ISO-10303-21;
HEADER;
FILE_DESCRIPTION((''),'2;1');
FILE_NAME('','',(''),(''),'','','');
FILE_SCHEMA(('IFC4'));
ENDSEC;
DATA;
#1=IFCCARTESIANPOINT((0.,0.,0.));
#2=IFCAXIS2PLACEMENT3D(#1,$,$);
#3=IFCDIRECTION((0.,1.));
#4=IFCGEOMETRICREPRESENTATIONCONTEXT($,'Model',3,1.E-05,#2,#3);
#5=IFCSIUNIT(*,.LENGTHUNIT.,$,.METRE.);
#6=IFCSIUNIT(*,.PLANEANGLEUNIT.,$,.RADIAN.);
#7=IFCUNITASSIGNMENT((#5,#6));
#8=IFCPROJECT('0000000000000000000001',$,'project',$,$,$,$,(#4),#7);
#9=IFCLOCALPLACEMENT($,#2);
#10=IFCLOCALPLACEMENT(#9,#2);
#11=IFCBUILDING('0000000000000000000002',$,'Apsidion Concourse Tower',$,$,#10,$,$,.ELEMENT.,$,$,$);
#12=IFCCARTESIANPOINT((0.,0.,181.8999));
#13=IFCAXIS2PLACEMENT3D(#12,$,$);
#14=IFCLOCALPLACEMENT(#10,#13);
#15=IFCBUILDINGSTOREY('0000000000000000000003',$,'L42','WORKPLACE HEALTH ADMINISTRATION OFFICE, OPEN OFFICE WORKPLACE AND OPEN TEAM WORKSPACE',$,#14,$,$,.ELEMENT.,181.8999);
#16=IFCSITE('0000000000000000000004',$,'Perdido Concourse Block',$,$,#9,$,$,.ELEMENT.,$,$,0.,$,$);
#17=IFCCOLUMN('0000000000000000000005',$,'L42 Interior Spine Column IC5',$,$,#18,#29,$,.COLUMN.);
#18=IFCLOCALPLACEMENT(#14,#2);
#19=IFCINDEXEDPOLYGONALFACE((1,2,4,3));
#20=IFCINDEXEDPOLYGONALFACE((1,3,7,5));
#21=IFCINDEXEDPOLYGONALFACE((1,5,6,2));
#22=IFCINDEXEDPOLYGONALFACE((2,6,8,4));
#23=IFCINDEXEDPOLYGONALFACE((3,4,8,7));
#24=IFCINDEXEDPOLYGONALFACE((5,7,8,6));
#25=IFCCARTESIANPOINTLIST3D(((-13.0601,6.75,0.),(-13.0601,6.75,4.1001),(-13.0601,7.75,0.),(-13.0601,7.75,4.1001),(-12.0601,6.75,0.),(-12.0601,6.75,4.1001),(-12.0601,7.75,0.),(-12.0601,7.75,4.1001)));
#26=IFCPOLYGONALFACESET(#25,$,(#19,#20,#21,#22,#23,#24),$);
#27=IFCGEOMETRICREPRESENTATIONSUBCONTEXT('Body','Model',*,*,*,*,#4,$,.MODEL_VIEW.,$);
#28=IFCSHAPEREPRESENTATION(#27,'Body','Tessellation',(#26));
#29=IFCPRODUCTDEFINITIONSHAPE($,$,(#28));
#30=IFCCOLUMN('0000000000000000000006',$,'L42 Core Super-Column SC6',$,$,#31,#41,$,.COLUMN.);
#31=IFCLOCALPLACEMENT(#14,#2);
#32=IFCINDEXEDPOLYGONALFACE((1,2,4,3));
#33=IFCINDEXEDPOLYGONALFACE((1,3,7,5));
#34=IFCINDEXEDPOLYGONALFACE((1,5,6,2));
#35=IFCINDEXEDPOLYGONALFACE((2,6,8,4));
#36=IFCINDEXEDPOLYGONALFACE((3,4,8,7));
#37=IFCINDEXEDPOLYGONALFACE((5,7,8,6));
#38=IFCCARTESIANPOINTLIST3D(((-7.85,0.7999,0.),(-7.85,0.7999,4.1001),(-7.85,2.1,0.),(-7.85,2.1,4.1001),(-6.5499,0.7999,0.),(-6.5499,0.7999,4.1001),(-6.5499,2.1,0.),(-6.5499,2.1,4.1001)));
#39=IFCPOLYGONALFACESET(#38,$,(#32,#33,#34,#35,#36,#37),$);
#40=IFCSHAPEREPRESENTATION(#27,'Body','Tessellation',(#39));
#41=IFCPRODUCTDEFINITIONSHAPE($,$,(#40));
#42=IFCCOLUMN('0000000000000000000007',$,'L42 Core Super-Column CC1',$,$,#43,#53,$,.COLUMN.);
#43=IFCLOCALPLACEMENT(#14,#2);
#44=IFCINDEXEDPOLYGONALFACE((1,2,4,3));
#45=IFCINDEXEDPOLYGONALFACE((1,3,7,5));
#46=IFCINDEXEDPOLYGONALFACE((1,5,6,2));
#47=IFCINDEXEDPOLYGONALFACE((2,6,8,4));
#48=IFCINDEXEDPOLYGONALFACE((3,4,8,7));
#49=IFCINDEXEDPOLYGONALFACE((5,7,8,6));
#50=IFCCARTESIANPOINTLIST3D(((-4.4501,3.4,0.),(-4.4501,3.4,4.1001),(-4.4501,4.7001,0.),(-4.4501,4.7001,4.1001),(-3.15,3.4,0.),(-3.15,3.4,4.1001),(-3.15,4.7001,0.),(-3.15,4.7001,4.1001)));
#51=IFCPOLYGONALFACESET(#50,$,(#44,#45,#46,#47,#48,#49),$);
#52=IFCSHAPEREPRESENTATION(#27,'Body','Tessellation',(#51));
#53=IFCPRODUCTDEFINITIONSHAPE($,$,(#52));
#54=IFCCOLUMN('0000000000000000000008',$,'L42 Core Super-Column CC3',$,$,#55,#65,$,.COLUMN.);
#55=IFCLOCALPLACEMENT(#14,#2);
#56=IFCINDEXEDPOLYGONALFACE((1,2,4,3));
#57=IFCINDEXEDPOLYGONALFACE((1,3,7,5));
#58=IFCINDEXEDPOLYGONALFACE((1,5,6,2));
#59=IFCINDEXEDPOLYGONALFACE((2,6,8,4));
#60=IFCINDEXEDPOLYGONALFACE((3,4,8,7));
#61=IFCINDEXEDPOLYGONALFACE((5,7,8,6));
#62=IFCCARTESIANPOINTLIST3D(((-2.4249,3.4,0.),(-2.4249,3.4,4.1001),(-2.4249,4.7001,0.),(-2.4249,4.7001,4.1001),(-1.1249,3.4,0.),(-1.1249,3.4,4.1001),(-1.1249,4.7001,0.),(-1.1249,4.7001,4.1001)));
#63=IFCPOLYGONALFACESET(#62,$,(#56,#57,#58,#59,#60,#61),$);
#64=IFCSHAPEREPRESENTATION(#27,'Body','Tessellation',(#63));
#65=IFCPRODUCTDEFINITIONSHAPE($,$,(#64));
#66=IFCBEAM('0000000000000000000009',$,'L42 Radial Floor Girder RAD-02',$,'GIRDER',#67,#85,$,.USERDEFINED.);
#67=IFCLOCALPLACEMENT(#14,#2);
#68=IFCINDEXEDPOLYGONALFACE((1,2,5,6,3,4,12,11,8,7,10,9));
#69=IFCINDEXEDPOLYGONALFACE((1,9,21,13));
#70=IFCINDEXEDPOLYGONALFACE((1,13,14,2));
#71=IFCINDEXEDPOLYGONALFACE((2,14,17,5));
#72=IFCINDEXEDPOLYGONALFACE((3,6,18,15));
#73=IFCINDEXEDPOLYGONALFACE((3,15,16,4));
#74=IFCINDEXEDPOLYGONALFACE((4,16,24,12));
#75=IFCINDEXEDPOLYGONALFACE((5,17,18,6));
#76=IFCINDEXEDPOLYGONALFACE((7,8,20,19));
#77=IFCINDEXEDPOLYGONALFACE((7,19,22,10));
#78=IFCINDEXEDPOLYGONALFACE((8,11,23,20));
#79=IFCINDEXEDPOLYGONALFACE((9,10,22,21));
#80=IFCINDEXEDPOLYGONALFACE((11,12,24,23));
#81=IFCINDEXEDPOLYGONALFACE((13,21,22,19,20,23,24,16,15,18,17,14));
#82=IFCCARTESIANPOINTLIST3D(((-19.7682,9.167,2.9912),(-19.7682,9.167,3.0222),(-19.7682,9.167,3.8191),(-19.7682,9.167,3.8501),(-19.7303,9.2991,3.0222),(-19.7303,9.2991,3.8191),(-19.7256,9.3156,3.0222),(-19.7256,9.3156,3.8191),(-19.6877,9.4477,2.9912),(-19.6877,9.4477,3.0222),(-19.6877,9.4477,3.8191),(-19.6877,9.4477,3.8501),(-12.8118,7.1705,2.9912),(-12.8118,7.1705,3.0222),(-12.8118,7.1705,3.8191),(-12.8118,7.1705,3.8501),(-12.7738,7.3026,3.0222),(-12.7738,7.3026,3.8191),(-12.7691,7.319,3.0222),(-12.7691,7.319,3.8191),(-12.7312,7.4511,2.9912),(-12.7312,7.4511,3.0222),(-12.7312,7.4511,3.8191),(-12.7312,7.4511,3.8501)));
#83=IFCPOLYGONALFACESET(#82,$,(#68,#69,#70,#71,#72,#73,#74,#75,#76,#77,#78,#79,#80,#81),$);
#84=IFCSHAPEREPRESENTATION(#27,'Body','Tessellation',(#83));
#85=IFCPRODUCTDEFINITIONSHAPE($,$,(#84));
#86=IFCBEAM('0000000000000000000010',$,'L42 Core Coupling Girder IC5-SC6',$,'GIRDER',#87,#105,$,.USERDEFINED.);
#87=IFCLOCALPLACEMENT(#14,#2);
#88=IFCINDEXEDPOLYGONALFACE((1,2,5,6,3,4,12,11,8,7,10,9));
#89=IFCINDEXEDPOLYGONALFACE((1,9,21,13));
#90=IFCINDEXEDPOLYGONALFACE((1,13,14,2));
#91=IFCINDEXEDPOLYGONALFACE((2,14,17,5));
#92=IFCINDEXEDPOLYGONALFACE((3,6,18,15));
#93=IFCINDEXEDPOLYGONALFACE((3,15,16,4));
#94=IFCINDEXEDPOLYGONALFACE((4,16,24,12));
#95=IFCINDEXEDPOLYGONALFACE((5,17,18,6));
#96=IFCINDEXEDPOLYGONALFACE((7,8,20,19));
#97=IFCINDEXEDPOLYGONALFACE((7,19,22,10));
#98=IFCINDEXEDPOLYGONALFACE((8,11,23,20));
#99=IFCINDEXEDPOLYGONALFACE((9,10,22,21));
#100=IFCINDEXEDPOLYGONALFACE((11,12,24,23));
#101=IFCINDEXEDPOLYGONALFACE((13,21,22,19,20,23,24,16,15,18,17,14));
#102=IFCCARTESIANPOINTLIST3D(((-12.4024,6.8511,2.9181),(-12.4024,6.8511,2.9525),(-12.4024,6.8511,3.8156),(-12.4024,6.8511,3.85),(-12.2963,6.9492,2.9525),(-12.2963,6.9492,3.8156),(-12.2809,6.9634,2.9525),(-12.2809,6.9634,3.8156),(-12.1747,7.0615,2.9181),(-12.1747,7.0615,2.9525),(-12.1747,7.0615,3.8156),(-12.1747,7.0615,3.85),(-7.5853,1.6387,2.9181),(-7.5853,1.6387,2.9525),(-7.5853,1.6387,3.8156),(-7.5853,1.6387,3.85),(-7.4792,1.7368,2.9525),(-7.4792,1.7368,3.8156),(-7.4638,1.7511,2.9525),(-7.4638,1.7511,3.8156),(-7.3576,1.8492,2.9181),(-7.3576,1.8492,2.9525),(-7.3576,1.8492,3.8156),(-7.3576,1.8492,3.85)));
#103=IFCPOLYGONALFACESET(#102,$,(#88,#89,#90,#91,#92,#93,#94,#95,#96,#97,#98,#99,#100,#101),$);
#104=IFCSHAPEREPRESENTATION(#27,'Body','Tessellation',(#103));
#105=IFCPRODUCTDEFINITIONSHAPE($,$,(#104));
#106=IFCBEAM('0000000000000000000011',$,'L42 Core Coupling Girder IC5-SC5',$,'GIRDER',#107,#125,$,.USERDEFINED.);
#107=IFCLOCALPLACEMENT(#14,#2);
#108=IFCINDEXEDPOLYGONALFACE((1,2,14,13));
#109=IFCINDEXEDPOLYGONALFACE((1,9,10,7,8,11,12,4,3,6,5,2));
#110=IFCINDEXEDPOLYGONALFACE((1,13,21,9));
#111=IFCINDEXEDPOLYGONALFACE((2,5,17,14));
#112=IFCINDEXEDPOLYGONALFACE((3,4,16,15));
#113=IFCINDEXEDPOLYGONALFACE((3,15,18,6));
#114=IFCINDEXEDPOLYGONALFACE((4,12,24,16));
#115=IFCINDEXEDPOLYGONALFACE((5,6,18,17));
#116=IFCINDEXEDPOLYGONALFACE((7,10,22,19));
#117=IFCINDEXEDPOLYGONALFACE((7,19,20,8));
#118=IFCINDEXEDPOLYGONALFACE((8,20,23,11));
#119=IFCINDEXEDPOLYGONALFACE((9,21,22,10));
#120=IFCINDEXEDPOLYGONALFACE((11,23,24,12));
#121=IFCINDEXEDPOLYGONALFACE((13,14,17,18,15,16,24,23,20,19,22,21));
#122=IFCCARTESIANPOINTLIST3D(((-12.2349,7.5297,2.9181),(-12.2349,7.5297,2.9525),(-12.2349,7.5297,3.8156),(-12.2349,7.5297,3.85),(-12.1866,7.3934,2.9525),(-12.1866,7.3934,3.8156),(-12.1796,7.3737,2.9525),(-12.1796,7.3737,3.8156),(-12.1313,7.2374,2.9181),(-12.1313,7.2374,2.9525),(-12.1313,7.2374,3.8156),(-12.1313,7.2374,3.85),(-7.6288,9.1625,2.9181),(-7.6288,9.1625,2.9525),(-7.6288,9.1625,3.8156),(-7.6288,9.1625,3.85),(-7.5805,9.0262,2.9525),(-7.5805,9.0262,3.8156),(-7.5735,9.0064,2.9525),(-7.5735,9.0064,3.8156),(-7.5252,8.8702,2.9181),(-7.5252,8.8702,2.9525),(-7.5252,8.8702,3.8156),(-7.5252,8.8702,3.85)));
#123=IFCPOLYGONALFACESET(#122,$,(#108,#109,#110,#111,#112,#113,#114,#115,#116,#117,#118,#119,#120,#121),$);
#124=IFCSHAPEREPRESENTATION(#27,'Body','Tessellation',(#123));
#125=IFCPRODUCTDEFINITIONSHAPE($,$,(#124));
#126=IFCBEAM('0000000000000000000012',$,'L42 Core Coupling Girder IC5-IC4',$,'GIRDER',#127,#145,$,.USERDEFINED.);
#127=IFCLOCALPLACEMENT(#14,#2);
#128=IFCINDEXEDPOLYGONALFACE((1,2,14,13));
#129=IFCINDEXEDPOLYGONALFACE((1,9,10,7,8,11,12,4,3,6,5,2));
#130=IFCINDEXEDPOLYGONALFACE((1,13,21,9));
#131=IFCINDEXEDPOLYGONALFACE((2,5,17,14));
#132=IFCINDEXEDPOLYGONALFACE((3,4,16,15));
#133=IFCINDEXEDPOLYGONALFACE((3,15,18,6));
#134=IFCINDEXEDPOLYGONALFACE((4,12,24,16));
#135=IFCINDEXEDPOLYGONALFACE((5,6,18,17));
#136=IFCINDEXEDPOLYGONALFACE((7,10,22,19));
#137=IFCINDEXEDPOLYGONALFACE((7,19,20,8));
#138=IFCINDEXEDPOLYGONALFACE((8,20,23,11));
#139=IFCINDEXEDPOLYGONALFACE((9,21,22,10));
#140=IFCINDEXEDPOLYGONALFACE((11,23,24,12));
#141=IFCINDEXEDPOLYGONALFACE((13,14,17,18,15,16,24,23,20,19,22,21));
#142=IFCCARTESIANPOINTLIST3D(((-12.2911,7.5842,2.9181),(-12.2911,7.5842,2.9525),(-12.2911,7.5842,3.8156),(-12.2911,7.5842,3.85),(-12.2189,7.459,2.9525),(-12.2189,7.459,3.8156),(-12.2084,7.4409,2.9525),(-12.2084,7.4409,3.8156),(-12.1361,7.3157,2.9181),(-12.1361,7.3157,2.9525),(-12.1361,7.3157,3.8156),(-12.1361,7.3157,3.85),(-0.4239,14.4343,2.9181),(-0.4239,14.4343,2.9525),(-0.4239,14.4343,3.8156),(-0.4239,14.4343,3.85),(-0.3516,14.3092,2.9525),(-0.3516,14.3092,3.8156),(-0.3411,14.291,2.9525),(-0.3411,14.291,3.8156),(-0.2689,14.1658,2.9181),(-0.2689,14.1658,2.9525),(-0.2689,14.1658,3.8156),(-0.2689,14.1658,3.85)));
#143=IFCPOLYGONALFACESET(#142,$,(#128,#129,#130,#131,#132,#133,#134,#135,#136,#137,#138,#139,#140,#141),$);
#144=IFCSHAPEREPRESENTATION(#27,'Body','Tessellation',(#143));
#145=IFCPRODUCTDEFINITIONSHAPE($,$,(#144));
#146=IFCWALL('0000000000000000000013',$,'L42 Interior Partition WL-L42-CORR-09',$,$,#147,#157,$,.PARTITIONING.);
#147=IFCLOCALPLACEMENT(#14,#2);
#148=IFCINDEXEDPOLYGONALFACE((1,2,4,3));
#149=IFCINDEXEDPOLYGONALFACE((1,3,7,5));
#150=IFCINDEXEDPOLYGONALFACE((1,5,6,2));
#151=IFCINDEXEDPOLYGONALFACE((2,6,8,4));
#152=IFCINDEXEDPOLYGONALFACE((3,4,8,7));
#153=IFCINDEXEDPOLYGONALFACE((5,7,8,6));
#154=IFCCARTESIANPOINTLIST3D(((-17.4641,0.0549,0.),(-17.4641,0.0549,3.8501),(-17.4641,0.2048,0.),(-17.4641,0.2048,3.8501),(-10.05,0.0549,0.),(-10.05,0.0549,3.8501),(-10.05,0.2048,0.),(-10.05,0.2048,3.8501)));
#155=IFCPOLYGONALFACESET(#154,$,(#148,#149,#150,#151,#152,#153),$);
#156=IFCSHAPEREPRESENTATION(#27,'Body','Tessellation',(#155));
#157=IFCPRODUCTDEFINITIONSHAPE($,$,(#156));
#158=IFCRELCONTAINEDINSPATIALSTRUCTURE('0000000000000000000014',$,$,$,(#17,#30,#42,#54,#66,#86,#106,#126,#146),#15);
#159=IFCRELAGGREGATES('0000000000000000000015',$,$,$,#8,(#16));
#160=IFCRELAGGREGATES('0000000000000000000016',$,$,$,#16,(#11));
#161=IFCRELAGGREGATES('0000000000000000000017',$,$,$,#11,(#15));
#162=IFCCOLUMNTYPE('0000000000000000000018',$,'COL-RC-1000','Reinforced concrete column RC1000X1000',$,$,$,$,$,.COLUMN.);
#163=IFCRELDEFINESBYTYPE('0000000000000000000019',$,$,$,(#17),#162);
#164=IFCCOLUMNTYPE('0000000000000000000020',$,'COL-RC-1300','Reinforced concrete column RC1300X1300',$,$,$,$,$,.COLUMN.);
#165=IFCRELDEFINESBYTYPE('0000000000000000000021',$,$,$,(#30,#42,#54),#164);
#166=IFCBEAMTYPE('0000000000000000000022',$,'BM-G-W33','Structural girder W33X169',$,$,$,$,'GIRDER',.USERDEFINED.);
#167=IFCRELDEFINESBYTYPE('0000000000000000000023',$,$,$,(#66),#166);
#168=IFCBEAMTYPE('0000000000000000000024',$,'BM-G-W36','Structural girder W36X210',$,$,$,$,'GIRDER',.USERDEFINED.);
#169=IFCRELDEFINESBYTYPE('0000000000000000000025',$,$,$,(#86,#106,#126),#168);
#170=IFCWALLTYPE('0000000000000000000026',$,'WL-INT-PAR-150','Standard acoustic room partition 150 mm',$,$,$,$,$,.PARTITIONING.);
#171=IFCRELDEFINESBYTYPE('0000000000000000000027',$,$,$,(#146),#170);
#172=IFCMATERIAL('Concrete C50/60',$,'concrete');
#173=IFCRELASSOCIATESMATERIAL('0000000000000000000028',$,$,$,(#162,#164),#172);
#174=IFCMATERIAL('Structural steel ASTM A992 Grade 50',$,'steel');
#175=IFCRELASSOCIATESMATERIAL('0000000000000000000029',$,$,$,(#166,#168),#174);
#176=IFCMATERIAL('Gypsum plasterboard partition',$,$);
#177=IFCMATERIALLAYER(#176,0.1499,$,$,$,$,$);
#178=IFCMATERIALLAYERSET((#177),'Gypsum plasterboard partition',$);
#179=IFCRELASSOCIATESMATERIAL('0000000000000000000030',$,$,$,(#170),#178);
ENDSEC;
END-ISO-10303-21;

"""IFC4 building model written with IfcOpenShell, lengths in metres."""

from ifc_helpers import new_model, si_unit, direction, frame, frame_2d, origin, origin_2d, place, context, subcontext, project, spatial, rectangle, i_section, extrude, material, layer, layer_set, material_profile, profile_set, type_object, element, save


model = new_model("IFC4")

# Units and contexts
model_context = context("Model", 3, precision=1e-05, world=origin(), true_north=direction((0.0, 1.0)))
body_context = subcontext(model_context, "Body", "Model", "MODEL_VIEW")
ifc_project = project(units=[si_unit("LENGTHUNIT", "METRE"), si_unit("PLANEANGLEUNIT", "RADIAN")], contexts=[model_context])

# Site, building, storey
site_placement = place(None, origin())
site = spatial("IfcSite", under=ifc_project, at=site_placement, Name="Perdido Concourse Block", CompositionType="ELEMENT", RefElevation=0.0)
building_placement = place(site_placement, origin())
building = spatial("IfcBuilding", under=site, at=building_placement, Name="Apsidion Concourse Tower", CompositionType="ELEMENT")
storey_placement = place(building_placement, frame((0.0, 0.0, 181.8999)))
storey = spatial("IfcBuildingStorey", under=building, at=storey_placement, Name="L42", Description="WORKPLACE HEALTH ADMINISTRATION OFFICE, OPEN OFFICE WORKPLACE AND OPEN TEAM WORKSPACE", CompositionType="ELEMENT", Elevation=181.8999)

# Columns
ifc_material_1 = material(Name="Concrete C50/60", Category="concrete")
ifc_material_profile_1 = material_profile(ifc_material_1, rectangle(XDim=1.0, YDim=1.0, at=origin_2d()), Name="RC 1000x1000")
ifc_profile_set_1 = profile_set([ifc_material_profile_1], Name="Concrete C50/60")
column_type_1 = type_object("IfcColumnType", Name="COL-RC-1000", Description="Reinforced concrete column RC1000X1000", PredefinedType="COLUMN", material=ifc_profile_set_1)
column_placement = place(storey_placement, frame((-12.5601, 7.25, 0.0), z_axis=(0.0, 0.0, 1.0), x_axis=(1.0, 0.0, 0.0)))
element("IfcColumn", 1, at=column_placement, inside=storey, type_object=column_type_1, Name="L42 Interior Spine Column IC5", PredefinedType="COLUMN", context=body_context, shape_type="SweptSolid", body=[
    extrude(rectangle(XDim=1.0, YDim=1.0, at=origin_2d()), origin(), (0.0, 0.0, 1.0), 4.1001),
])
ifc_material_profile_2 = material_profile(ifc_material_1, rectangle(XDim=1.3, YDim=1.3, at=origin_2d()), Name="RC 1300x1300")
ifc_profile_set_2 = profile_set([ifc_material_profile_2], Name="Concrete C50/60")
column_type_2 = type_object("IfcColumnType", Name="COL-RC-1300", Description="Reinforced concrete column RC1300X1300", PredefinedType="COLUMN", material=ifc_profile_set_2)
for number, where, z_axis, x_axis, name in (
    (2, (-7.2, 1.45, 0.0), (0.0, 0.0, 1.0), (1.0, 0.0, 0.0), "L42 Core Super-Column SC6"),
    (3, (-3.8, 4.05, 0.0), (0.0, 0.0, 1.0), (1.0, 0.0, 0.0), "L42 Core Super-Column CC1"),
    (4, (-1.7749, 4.05, 0.0), (0.0, 0.0, 1.0), (1.0, 0.0, 0.0), "L42 Core Super-Column CC3"),
):
    element("IfcColumn", number, at=place(storey_placement, frame(where, z_axis=z_axis, x_axis=x_axis)), inside=storey, type_object=column_type_2, Name=name, PredefinedType="COLUMN", context=body_context, shape_type="SweptSolid", body=[
        extrude(rectangle(XDim=1.3, YDim=1.3, at=origin_2d()), origin(), (0.0, 0.0, 1.0), 4.1001),
    ])

# Beams
ifc_material_2 = material(Name="Structural steel ASTM A992 Grade 50", Category="steel")
ifc_material_profile_3 = material_profile(ifc_material_2, i_section(OverallWidth=0.292, OverallDepth=0.8589, WebThickness=0.0171, FlangeThickness=0.031, at=origin_2d()), Name="W33X169")
ifc_profile_set_3 = profile_set([ifc_material_profile_3], Name="Structural steel ASTM A992 Grade 50")
beam_type_1 = type_object("IfcBeamType", Name="BM-G-W33", Description="Structural girder W33X169", ElementType="GIRDER", PredefinedType="USERDEFINED", material=ifc_profile_set_3)
beam_1_placement = place(storey_placement, frame((-12.7715, 7.3108, 3.4207), z_axis=(-0.961195, 0.27587, 0.0), x_axis=(-0.27587, -0.961195, 0.0)))
element("IfcBeam", 5, at=beam_1_placement, inside=storey, type_object=beam_type_1, Name="L42 Radial Floor Girder RAD-02", ObjectType="GIRDER", PredefinedType="USERDEFINED", context=body_context, shape_type="SweptSolid", body=[
    extrude(i_section(OverallWidth=0.292, OverallDepth=0.8589, WebThickness=0.0171, FlangeThickness=0.031, at=origin_2d()), origin(), (0.0, 0.0, 1.0), 7.2373),
])
ifc_material_profile_4 = material_profile(ifc_material_2, i_section(OverallWidth=0.3101, OverallDepth=0.9319, WebThickness=0.021, FlangeThickness=0.0344, at=origin_2d()), Name="W36X210")
ifc_profile_set_4 = profile_set([ifc_material_profile_4], Name="Structural steel ASTM A992 Grade 50")
beam_type_2 = type_object("IfcBeamType", Name="BM-G-W36", Description="Structural girder W36X210", ElementType="GIRDER", PredefinedType="USERDEFINED", material=ifc_profile_set_4)
beam_2_placement = place(storey_placement, frame((-12.2886, 6.9563, 3.384), z_axis=(0.678713, -0.734404, 0.0), x_axis=(0.734404, 0.678713, 0.0)))
element("IfcBeam", 6, at=beam_2_placement, inside=storey, type_object=beam_type_2, Name="L42 Core Coupling Girder IC5-SC6", ObjectType="GIRDER", PredefinedType="USERDEFINED", context=body_context, shape_type="SweptSolid", body=[
    extrude(i_section(OverallWidth=0.3101, OverallDepth=0.9319, WebThickness=0.021, FlangeThickness=0.0344, at=origin_2d()), origin(), (0.0, 0.0, 1.0), 7.0974),
])
beam_3_placement = place(storey_placement, frame((-12.1831, 7.3835, 3.384), z_axis=(0.942534, 0.334111, 0.0), x_axis=(-0.334111, 0.942534, 0.0)))
element("IfcBeam", 7, at=beam_3_placement, inside=storey, type_object=beam_type_2, Name="L42 Core Coupling Girder IC5-SC5", ObjectType="GIRDER", PredefinedType="USERDEFINED", context=body_context, shape_type="SweptSolid", body=[
    extrude(i_section(OverallWidth=0.3101, OverallDepth=0.9319, WebThickness=0.021, FlangeThickness=0.0344, at=origin_2d()), origin(), (0.0, 0.0, 1.0), 4.887),
])
beam_4_placement = place(storey_placement, frame((-12.2136, 7.45, 3.384), z_axis=(0.86607, 0.499922, 0.0), x_axis=(-0.499922, 0.86607, 0.0)))
element("IfcBeam", 8, at=beam_4_placement, inside=storey, type_object=beam_type_2, Name="L42 Core Coupling Girder IC5-IC4", ObjectType="GIRDER", PredefinedType="USERDEFINED", context=body_context, shape_type="SweptSolid", body=[
    extrude(i_section(OverallWidth=0.3101, OverallDepth=0.9319, WebThickness=0.021, FlangeThickness=0.0344, at=origin_2d()), origin(), (0.0, 0.0, 1.0), 13.7024),
])

# Wall
ifc_material_3 = material(Name="Gypsum plasterboard partition")
ifc_layer_1 = layer(ifc_material_3, 0.1499)
ifc_layer_set_1 = layer_set([ifc_layer_1], Name="Gypsum plasterboard partition")
wall_type_1 = type_object("IfcWallType", Name="WL-INT-PAR-150", Description="Standard acoustic room partition 150 mm", PredefinedType="PARTITIONING", material=ifc_layer_set_1)
wall_1_placement = place(storey_placement, frame((-17.4641, 0.1299, 0.0), z_axis=(0.0, 0.0, 1.0), x_axis=(1.0, 0.0, 0.0)))
element("IfcWall", 9, at=wall_1_placement, inside=storey, type_object=wall_type_1, Name="L42 Interior Partition WL-L42-CORR-09", PredefinedType="PARTITIONING", context=body_context, shape_type="SweptSolid", body=[
    extrude(rectangle(XDim=7.4141, YDim=0.1499, at=frame_2d((3.707, 0.0))), origin(), (0.0, 0.0, 1.0), 3.8501),
])

save(model, "model.ifc")
